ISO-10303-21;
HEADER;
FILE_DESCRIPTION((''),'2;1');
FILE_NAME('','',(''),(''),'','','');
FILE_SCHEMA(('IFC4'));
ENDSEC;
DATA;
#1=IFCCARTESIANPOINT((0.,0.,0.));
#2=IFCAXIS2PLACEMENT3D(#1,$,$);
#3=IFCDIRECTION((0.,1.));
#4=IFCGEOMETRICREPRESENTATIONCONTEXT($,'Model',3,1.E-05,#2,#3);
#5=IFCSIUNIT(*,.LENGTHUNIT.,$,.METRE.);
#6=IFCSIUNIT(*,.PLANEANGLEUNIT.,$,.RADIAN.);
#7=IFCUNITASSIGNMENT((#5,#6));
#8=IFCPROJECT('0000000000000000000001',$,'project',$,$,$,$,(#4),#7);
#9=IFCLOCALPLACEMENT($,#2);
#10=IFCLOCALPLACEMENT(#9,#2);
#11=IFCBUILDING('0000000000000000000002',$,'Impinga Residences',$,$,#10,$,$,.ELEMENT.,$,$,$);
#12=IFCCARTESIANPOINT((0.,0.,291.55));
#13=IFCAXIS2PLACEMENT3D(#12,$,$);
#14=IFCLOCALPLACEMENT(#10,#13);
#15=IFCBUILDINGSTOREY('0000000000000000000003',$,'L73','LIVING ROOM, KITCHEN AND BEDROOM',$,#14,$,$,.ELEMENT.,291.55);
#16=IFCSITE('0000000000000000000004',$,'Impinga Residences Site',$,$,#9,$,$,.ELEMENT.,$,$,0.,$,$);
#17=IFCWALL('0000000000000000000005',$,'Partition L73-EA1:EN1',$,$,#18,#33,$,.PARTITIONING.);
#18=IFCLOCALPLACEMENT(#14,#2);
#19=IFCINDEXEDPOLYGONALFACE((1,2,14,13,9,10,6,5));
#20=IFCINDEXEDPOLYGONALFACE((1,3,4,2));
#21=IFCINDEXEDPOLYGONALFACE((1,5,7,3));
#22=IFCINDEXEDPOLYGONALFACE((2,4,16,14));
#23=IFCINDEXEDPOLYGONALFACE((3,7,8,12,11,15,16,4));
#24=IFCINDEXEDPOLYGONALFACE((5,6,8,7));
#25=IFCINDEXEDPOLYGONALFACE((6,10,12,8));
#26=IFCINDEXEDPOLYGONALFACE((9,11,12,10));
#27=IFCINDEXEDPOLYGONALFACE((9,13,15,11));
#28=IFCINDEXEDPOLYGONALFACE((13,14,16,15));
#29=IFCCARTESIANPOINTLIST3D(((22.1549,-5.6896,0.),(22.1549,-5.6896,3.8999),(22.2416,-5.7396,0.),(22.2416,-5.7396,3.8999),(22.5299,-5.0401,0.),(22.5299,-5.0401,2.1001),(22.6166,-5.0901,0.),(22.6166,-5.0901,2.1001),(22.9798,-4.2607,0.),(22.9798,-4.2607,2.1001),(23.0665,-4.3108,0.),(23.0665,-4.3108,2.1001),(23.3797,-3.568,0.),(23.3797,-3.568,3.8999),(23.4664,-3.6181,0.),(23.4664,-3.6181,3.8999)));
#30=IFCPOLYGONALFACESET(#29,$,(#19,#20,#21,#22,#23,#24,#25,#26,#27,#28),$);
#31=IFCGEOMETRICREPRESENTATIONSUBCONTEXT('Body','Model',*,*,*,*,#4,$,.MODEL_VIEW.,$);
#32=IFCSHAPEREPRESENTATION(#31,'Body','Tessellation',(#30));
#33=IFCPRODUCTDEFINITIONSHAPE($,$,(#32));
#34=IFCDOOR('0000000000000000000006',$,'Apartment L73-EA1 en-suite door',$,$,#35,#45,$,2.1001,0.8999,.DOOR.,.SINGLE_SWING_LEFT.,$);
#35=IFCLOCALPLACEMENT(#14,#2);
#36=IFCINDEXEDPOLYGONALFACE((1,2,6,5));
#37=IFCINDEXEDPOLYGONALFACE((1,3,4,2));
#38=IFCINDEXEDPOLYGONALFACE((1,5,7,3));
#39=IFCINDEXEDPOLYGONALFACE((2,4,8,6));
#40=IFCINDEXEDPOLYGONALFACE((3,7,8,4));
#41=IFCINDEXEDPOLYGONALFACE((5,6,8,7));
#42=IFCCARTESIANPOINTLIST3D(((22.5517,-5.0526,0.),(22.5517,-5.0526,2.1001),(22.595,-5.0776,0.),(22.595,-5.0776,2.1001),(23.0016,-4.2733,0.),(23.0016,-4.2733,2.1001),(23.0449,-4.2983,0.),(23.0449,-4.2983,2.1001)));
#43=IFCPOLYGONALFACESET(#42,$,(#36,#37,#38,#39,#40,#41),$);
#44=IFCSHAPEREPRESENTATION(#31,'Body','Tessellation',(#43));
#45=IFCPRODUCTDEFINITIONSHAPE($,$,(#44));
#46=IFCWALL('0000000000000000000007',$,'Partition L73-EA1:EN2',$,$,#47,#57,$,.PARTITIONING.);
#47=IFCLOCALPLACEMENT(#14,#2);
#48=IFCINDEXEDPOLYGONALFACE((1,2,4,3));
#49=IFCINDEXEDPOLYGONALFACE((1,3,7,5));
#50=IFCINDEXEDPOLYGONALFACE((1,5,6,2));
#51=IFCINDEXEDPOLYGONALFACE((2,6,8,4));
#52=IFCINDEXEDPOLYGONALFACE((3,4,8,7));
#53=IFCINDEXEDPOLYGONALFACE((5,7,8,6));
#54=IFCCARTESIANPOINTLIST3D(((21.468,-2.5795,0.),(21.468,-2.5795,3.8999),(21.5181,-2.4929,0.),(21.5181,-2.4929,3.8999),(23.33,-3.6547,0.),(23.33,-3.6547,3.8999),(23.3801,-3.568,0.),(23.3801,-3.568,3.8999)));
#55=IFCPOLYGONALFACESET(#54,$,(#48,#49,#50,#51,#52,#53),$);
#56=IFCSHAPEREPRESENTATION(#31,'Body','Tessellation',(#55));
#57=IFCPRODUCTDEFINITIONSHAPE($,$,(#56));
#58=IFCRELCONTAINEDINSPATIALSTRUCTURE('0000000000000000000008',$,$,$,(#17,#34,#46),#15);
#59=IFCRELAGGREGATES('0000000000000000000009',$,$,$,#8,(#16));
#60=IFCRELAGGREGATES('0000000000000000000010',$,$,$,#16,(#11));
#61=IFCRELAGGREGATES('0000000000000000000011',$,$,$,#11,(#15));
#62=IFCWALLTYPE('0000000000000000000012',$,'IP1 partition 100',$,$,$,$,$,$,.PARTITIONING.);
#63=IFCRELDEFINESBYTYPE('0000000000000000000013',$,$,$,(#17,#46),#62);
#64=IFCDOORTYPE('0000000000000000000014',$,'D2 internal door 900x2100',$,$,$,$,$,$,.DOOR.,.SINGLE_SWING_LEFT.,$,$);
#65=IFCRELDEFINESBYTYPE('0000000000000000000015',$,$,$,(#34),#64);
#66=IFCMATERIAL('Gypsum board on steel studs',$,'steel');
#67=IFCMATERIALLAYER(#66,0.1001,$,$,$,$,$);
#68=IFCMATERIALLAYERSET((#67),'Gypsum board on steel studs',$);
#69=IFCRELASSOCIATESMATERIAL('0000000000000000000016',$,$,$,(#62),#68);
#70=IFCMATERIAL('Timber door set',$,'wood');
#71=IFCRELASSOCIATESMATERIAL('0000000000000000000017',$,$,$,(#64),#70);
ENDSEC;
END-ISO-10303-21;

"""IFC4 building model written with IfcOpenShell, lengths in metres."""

from ifc_helpers import new_model, si_unit, direction, frame, frame_2d, origin, place, context, subcontext, project, spatial, rectangle, extrude, material, layer, layer_set, type_object, element, fill, save


model = new_model("IFC4")

# Units and contexts
model_context = context("Model", 3, precision=1e-05, world=origin(), true_north=direction((0.0, 1.0)))
body_context = subcontext(model_context, "Body", "Model", "MODEL_VIEW")
ifc_project = project(units=[si_unit("LENGTHUNIT", "METRE"), si_unit("PLANEANGLEUNIT", "RADIAN")], contexts=[model_context])

# Site, building, storey
site_placement = place(None, origin())
site = spatial("IfcSite", under=ifc_project, at=site_placement, Name="Impinga Residences Site", CompositionType="ELEMENT", RefElevation=0.0)
building_placement = place(site_placement, origin())
building = spatial("IfcBuilding", under=site, at=building_placement, Name="Impinga Residences", CompositionType="ELEMENT")
storey_placement = place(building_placement, frame((0.0, 0.0, 291.55)))
storey = spatial("IfcBuildingStorey", under=building, at=storey_placement, Name="L73", Description="LIVING ROOM, KITCHEN AND BEDROOM", CompositionType="ELEMENT", Elevation=291.55)

# Shared definitions
ifc_material_1 = material(Name="Gypsum board on steel studs", Category="steel")
ifc_layer_1 = layer(ifc_material_1, 0.1001)
ifc_layer_set_1 = layer_set([ifc_layer_1], Name="Gypsum board on steel studs")
wall_type_1 = type_object("IfcWallType", Name="IP1 partition 100", PredefinedType="PARTITIONING", material=ifc_layer_set_1)

# Wall, opening, door
wall_1_placement = place(storey_placement, frame((22.1982, -5.7146, 0.0), z_axis=(0.0, 0.0, 1.0), x_axis=(0.499987, 0.866033, 0.0)))
wall_1 = element("IfcWall", 1, at=wall_1_placement, inside=storey, type_object=wall_type_1, Name="Partition L73-EA1:EN1", PredefinedType="PARTITIONING", context=body_context, shape_type="SweptSolid", body=[
    extrude(rectangle(XDim=2.4497, YDim=0.1001, at=frame_2d((1.2249, 0.0))), origin(), (0.0, 0.0, 1.0), 3.8999),
])
opening_placement = place(wall_1_placement, frame((0.75, 0.0, 0.0)))
opening = element("IfcOpeningElement", 2, at=opening_placement, cuts=wall_1, PredefinedType="OPENING", context=body_context, shape_type="SweptSolid", body=[
    extrude(rectangle(XDim=0.8999, YDim=2.1001, at=frame_2d((0.45, 1.05))), frame((0.0, 0.0601, 0.0), z_axis=(0.0, -1.0, 0.0), x_axis=(1.0, 0.0, 0.0)), (0.0, 0.0, 1.0), 0.1201),
])
ifc_material_2 = material(Name="Timber door set", Category="wood")
door_type = type_object("IfcDoorType", Name="D2 internal door 900x2100", OperationType="SINGLE_SWING_LEFT", PredefinedType="DOOR", material=ifc_material_2)
door_placement = place(opening_placement, origin())
door = element("IfcDoor", 3, at=door_placement, inside=storey, type_object=door_type, Name="Apartment L73-EA1 en-suite door", OperationType="SINGLE_SWING_LEFT", OverallHeight=2.1001, OverallWidth=0.8999, PredefinedType="DOOR", context=body_context, shape_type="SweptSolid", body=[
    extrude(rectangle(XDim=0.8999, YDim=2.1001, at=frame_2d((0.45, 1.05))), frame((0.0, 0.0249, 0.0), z_axis=(0.0, -1.0, 0.0), x_axis=(1.0, 0.0, 0.0)), (0.0, 0.0, 1.0), 0.05),
])
fill(opening, door)

# Wall
wall_2_placement = place(storey_placement, frame((21.4929, -2.5361, 0.0), z_axis=(0.0, 0.0, 1.0), x_axis=(0.865998, -0.500047, 0.0)))
element("IfcWall", 4, at=wall_2_placement, inside=storey, type_object=wall_type_1, Name="Partition L73-EA1:EN2", PredefinedType="PARTITIONING", context=body_context, shape_type="SweptSolid", body=[
    extrude(rectangle(XDim=2.1501, YDim=0.1001, at=frame_2d((1.0752, 0.0))), origin(), (0.0, 0.0, 1.0), 3.8999),
])

save(model, "model.ifc")
